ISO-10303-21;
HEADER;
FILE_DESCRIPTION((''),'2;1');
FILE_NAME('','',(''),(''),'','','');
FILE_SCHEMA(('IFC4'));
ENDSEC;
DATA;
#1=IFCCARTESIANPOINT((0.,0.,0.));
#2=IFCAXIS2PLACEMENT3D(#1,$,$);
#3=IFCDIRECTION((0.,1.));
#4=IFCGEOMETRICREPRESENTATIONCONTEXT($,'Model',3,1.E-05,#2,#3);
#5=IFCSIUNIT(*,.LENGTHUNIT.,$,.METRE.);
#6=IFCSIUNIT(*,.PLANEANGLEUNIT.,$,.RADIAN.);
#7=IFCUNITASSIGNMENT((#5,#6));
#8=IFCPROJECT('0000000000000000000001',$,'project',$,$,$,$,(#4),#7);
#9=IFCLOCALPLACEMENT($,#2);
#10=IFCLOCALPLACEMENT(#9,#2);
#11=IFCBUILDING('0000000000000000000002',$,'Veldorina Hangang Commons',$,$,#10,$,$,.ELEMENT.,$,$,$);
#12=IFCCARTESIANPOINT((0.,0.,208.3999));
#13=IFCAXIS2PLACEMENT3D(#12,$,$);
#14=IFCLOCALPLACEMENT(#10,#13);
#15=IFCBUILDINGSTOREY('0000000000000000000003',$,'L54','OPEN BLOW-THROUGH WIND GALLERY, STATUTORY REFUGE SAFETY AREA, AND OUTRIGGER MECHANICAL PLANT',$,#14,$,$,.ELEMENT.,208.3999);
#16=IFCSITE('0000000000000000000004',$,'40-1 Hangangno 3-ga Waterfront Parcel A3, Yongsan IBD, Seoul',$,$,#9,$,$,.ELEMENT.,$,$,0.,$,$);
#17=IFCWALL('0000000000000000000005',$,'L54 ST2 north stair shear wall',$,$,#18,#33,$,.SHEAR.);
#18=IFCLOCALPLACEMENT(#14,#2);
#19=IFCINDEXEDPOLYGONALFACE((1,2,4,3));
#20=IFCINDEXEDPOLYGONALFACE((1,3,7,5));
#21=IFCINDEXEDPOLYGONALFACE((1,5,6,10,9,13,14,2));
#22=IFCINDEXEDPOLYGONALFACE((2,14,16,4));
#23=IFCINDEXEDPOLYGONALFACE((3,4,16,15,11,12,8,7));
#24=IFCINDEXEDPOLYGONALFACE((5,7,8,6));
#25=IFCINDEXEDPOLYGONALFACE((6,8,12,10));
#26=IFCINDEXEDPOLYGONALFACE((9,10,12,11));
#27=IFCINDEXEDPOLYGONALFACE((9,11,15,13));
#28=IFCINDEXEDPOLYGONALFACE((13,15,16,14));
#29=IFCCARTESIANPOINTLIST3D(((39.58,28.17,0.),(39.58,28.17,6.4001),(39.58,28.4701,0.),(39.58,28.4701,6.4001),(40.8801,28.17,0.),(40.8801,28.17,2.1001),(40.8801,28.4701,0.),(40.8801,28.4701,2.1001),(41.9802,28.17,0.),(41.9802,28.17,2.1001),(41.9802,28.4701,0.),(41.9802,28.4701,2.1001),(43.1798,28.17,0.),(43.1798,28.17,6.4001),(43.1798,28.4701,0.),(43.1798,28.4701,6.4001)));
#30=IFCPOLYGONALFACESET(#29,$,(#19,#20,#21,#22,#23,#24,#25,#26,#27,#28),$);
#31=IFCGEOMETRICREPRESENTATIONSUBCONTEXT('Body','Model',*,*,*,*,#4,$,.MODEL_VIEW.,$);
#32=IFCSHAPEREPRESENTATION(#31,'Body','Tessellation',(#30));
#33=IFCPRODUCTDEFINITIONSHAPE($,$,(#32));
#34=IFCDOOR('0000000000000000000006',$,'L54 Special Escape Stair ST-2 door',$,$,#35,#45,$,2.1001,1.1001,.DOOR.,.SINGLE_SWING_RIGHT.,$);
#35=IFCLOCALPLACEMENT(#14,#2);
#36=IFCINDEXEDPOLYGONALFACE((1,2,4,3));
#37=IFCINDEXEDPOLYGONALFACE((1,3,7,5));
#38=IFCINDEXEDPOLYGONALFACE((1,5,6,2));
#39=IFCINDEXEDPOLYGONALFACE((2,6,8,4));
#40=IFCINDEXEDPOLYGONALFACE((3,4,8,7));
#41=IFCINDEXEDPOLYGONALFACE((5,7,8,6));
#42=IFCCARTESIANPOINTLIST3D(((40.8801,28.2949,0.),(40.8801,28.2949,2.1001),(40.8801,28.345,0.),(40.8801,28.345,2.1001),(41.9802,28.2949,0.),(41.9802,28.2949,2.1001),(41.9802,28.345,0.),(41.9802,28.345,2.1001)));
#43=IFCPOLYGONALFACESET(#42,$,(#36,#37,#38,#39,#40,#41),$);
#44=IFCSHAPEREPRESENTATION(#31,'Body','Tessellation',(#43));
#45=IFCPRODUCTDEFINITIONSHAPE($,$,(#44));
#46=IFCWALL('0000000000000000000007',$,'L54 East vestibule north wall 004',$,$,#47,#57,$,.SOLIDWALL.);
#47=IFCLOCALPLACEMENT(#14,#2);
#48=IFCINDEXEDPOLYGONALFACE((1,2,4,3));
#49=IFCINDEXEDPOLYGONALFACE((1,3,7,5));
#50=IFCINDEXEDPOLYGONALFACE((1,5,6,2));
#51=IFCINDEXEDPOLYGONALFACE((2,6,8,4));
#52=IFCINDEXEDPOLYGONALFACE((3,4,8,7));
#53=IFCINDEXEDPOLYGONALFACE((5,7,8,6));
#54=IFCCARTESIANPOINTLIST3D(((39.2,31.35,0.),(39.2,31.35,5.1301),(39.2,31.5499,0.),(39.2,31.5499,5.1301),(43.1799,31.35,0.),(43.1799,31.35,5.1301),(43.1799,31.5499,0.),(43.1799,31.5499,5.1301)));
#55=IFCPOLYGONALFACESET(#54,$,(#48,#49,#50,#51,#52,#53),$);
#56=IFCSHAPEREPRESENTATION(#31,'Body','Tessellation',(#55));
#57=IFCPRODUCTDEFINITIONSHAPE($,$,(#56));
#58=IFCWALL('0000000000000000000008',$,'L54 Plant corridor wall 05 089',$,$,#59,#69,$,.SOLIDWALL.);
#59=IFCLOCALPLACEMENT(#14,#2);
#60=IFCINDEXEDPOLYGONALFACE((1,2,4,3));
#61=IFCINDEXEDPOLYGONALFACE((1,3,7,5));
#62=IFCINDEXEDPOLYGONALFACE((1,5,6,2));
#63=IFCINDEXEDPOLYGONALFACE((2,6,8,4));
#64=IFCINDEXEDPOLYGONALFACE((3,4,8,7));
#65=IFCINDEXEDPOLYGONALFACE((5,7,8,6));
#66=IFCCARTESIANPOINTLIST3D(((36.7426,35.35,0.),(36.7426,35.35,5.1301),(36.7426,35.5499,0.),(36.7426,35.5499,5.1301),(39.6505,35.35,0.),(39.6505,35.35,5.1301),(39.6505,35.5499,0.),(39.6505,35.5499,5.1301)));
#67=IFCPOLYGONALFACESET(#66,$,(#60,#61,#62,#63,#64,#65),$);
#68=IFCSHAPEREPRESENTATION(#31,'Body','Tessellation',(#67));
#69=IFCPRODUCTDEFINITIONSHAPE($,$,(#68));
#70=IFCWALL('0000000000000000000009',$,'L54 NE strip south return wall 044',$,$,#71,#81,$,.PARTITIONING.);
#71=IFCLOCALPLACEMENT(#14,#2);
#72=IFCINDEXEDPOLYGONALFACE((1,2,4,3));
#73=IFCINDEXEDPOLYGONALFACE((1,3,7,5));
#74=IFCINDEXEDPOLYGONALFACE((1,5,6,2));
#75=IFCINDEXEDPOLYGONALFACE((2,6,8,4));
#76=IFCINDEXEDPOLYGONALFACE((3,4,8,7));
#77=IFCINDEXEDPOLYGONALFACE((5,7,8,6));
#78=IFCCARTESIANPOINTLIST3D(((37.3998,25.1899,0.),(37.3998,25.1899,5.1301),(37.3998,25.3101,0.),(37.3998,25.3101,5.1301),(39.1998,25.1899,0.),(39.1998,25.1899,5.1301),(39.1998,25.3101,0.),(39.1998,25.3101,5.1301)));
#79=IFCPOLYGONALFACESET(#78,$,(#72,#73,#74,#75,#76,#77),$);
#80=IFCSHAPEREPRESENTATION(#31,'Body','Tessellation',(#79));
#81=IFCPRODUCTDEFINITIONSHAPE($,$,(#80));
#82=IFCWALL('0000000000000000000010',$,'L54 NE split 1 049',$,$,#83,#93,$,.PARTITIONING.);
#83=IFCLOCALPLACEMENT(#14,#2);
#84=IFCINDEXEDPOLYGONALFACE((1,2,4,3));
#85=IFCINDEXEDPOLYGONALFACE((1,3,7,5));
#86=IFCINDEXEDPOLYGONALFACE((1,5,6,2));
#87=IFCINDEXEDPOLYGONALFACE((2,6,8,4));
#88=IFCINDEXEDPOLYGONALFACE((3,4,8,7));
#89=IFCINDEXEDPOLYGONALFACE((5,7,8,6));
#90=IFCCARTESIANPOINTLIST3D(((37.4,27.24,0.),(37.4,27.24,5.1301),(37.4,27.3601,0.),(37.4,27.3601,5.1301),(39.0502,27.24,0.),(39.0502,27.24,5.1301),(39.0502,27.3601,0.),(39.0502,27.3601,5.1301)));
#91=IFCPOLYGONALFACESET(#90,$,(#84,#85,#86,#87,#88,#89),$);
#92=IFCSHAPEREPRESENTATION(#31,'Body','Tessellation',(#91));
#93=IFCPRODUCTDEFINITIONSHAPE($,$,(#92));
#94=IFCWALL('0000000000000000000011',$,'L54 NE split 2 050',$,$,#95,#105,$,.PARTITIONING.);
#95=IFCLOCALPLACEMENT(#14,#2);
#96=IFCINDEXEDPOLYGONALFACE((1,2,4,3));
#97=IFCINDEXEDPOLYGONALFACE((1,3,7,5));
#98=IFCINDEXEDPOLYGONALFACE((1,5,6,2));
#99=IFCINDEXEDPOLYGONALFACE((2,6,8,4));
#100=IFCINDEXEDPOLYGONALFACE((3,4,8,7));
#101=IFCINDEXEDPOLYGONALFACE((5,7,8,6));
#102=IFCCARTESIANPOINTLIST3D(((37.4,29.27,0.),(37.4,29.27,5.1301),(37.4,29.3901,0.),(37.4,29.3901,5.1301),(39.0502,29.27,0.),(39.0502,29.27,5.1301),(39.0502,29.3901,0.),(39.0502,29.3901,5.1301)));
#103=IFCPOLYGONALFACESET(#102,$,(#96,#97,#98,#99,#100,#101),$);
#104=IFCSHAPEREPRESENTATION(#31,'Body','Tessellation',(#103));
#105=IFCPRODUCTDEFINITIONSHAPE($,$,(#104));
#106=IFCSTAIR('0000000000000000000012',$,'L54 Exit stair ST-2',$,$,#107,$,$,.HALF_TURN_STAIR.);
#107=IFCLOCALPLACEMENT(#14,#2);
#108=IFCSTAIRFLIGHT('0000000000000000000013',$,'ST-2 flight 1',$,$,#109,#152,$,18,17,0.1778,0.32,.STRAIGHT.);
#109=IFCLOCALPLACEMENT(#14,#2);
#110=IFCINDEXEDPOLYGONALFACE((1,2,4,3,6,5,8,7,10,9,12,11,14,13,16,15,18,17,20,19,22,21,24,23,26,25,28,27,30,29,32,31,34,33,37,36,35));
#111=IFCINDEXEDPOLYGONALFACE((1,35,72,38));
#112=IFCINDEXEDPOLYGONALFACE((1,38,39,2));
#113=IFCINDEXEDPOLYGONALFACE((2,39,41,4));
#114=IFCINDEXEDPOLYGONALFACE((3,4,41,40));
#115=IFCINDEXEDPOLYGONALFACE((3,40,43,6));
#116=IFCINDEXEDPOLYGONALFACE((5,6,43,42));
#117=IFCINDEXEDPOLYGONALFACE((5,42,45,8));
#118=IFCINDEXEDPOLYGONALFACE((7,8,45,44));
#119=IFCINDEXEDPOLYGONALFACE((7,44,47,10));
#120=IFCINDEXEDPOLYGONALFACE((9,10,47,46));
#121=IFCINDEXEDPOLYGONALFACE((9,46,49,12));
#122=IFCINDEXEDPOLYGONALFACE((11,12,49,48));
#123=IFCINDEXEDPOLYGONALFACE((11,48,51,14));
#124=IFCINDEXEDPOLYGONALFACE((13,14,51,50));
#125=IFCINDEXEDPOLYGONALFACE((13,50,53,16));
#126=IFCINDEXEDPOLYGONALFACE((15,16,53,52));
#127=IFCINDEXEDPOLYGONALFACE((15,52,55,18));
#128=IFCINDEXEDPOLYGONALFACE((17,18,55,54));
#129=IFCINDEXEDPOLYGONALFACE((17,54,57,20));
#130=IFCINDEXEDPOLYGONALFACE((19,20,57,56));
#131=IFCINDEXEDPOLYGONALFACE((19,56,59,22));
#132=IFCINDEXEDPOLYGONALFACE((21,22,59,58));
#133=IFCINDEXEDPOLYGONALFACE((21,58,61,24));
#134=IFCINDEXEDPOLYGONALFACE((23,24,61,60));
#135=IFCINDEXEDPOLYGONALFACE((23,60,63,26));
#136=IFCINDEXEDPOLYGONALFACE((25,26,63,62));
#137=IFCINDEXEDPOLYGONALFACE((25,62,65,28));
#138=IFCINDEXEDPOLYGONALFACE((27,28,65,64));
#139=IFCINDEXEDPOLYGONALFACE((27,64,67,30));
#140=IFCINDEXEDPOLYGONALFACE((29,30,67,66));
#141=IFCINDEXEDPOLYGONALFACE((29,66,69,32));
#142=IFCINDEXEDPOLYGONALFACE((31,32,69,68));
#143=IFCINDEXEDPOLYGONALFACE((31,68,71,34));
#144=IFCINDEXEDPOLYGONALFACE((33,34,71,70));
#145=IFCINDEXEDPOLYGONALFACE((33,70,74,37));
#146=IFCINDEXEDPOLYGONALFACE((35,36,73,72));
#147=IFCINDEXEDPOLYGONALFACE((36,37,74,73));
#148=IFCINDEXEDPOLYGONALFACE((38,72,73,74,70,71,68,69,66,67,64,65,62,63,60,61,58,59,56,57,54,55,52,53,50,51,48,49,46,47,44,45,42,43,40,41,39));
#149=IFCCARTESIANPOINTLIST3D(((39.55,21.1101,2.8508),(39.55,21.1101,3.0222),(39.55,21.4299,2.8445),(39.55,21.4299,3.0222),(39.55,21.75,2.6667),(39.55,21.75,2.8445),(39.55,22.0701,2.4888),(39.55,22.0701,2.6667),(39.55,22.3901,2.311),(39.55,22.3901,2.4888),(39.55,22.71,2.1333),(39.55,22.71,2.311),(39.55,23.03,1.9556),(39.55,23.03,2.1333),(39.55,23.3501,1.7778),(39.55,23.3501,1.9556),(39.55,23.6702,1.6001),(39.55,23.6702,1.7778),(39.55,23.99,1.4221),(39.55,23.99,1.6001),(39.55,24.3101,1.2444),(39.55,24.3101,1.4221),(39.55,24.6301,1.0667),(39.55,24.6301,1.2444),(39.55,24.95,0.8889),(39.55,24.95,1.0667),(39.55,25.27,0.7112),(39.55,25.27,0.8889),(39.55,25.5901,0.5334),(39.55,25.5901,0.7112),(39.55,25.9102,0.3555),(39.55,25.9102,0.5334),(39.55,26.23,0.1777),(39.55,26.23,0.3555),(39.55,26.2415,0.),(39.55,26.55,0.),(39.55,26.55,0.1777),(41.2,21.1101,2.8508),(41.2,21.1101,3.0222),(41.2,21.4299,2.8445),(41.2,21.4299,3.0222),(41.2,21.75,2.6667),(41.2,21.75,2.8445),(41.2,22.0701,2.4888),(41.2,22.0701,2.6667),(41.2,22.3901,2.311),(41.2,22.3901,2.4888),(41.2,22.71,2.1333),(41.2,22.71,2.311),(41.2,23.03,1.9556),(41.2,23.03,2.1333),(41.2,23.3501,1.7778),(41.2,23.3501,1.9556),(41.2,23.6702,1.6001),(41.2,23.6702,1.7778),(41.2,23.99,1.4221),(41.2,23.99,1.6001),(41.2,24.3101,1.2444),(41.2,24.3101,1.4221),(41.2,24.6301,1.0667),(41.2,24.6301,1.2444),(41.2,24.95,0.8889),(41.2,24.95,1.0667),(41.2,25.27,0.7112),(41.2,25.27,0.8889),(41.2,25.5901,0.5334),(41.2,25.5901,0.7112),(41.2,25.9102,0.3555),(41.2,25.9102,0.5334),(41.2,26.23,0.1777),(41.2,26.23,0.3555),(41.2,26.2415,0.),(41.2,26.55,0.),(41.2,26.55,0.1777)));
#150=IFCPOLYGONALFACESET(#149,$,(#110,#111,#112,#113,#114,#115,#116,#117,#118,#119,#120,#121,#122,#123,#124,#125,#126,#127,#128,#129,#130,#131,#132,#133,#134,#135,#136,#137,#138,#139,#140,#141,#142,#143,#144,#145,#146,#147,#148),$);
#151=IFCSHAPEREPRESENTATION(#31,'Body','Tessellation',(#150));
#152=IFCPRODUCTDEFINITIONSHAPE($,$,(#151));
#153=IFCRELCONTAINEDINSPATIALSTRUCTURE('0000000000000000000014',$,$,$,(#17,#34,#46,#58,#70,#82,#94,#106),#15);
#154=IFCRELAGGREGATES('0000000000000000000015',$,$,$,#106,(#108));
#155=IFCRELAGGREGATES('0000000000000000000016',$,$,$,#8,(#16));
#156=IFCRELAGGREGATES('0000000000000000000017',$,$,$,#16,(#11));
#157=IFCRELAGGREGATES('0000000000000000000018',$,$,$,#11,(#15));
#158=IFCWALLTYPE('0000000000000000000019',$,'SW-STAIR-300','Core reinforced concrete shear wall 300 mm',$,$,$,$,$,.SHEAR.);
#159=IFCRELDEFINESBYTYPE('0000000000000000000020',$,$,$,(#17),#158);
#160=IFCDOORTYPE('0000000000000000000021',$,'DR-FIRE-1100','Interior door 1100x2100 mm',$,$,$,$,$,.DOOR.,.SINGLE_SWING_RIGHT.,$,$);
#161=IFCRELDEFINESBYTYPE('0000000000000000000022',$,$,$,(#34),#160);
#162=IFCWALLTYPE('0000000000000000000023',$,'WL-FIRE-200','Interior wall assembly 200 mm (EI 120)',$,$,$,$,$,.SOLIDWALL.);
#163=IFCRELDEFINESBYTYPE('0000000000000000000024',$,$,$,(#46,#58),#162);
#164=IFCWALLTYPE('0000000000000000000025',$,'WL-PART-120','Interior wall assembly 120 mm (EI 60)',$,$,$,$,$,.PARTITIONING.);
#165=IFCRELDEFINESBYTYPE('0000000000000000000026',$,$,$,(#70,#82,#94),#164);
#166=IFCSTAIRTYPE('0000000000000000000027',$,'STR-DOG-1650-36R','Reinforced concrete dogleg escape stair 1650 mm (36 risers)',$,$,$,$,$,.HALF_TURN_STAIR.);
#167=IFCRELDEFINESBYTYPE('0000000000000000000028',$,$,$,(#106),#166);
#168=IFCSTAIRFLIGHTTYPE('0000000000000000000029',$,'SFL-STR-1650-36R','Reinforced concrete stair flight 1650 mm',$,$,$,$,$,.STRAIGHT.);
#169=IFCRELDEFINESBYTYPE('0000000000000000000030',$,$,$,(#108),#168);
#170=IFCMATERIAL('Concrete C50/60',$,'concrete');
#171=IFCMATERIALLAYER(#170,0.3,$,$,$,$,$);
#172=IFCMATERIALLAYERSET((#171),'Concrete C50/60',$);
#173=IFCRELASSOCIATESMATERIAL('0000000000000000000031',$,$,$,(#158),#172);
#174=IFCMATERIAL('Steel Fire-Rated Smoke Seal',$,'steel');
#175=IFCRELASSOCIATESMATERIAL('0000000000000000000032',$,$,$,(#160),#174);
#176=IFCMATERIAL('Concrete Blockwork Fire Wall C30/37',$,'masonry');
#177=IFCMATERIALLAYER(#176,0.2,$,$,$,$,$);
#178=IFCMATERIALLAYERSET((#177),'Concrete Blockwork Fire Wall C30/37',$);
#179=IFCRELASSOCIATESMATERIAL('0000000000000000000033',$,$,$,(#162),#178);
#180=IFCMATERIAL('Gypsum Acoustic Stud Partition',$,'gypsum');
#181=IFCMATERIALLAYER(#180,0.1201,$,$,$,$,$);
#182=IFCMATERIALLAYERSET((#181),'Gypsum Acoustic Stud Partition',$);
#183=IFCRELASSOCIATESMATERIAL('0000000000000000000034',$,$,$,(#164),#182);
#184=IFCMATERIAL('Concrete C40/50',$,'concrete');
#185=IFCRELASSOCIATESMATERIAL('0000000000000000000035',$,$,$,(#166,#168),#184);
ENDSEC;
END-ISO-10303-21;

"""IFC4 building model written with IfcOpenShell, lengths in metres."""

from ifc_helpers import new_model, si_unit, direction, frame, frame_2d, origin, place, context, subcontext, project, spatial, polyline, rectangle, outline, extrude, material, layer, layer_set, type_object, element, fill, aggregate, save


model = new_model("IFC4")

# Units and contexts
model_context = context("Model", 3, precision=1e-05, world=origin(), true_north=direction((0.0, 1.0)))
body_context = subcontext(model_context, "Body", "Model", "MODEL_VIEW")
ifc_project = project(units=[si_unit("LENGTHUNIT", "METRE"), si_unit("PLANEANGLEUNIT", "RADIAN")], contexts=[model_context])

# Site, building, storey
site_placement = place(None, origin())
site = spatial("IfcSite", under=ifc_project, at=site_placement, Name="40-1 Hangangno 3-ga Waterfront Parcel A3, Yongsan IBD, Seoul", CompositionType="ELEMENT", RefElevation=0.0)
building_placement = place(site_placement, origin())
building = spatial("IfcBuilding", under=site, at=building_placement, Name="Veldorina Hangang Commons", CompositionType="ELEMENT")
storey_placement = place(building_placement, frame((0.0, 0.0, 208.3999)))
storey = spatial("IfcBuildingStorey", under=building, at=storey_placement, Name="L54", Description="OPEN BLOW-THROUGH WIND GALLERY, STATUTORY REFUGE SAFETY AREA, AND OUTRIGGER MECHANICAL PLANT", CompositionType="ELEMENT", Elevation=208.3999)

# Wall, opening, door
ifc_material_1 = material(Name="Concrete C50/60", Category="concrete")
ifc_layer_1 = layer(ifc_material_1, 0.3)
ifc_layer_set_1 = layer_set([ifc_layer_1], Name="Concrete C50/60")
wall_type_1 = type_object("IfcWallType", Name="SW-STAIR-300", Description="Core reinforced concrete shear wall 300 mm", PredefinedType="SHEAR", material=ifc_layer_set_1)
wall_1_placement = place(storey_placement, frame((39.5801, 28.3201, 0.0), z_axis=(0.0, 0.0, 1.0), x_axis=(1.0, 0.0, 0.0)))
wall_1 = element("IfcWall", 1, at=wall_1_placement, inside=storey, type_object=wall_type_1, Name="L54 ST2 north stair shear wall", PredefinedType="SHEAR", context=body_context, shape_type="SweptSolid", body=[
    extrude(rectangle(XDim=3.5999, YDim=0.3, at=frame_2d((1.7998, 0.0))), origin(), (0.0, 0.0, 1.0), 6.4001),
])
opening_placement = place(wall_1_placement, frame((1.3, 0.0, 0.0)))
opening = element("IfcOpeningElement", 2, at=opening_placement, cuts=wall_1, PredefinedType="OPENING", context=body_context, shape_type="SweptSolid", body=[
    extrude(rectangle(XDim=1.1001, YDim=2.1001, at=frame_2d((0.55, 1.05))), frame((0.0, 0.1602, 0.0), z_axis=(0.0, -1.0, 0.0), x_axis=(1.0, 0.0, 0.0)), (0.0, 0.0, 1.0), 0.3201),
])
ifc_material_2 = material(Name="Steel Fire-Rated Smoke Seal", Category="steel")
door_type = type_object("IfcDoorType", Name="DR-FIRE-1100", Description="Interior door 1100x2100 mm", OperationType="SINGLE_SWING_RIGHT", PredefinedType="DOOR", material=ifc_material_2)
door_placement = place(opening_placement, origin())
door = element("IfcDoor", 3, at=door_placement, inside=storey, type_object=door_type, Name="L54 Special Escape Stair ST-2 door", OperationType="SINGLE_SWING_RIGHT", OverallHeight=2.1001, OverallWidth=1.1001, PredefinedType="DOOR", context=body_context, shape_type="SweptSolid", body=[
    extrude(rectangle(XDim=1.1001, YDim=2.1001, at=frame_2d((0.55, 1.05))), frame((0.0, 0.0249, 0.0), z_axis=(0.0, -1.0, 0.0), x_axis=(1.0, 0.0, 0.0)), (0.0, 0.0, 1.0), 0.05),
])
fill(opening, door)

# Walls
ifc_material_3 = material(Name="Concrete Blockwork Fire Wall C30/37", Category="masonry")
ifc_layer_2 = layer(ifc_material_3, 0.2)
ifc_layer_set_2 = layer_set([ifc_layer_2], Name="Concrete Blockwork Fire Wall C30/37")
wall_type_2 = type_object("IfcWallType", Name="WL-FIRE-200", Description="Interior wall assembly 200 mm (EI 120)", PredefinedType="SOLIDWALL", material=ifc_layer_set_2)
wall_2_placement = place(storey_placement, frame((39.2, 31.45, 0.0), z_axis=(0.0, 0.0, 1.0), x_axis=(1.0, 0.0, 0.0)))
element("IfcWall", 4, at=wall_2_placement, inside=storey, type_object=wall_type_2, Name="L54 East vestibule north wall 004", PredefinedType="SOLIDWALL", context=body_context, shape_type="SweptSolid", body=[
    extrude(rectangle(XDim=3.98, YDim=0.2, at=frame_2d((1.99, 0.0))), origin(), (0.0, 0.0, 1.0), 5.1301),
])
wall_3_placement = place(storey_placement, frame((39.6506, 35.45, 0.0), z_axis=(0.0, 0.0, 1.0), x_axis=(-1.0, 0.0, 0.0)))
element("IfcWall", 5, at=wall_3_placement, inside=storey, type_object=wall_type_2, Name="L54 Plant corridor wall 05 089", PredefinedType="SOLIDWALL", context=body_context, shape_type="SweptSolid", body=[
    extrude(rectangle(XDim=2.908, YDim=0.2, at=frame_2d((1.4541, 0.0))), origin(), (0.0, 0.0, 1.0), 5.1301),
])
ifc_material_4 = material(Name="Gypsum Acoustic Stud Partition", Category="gypsum")
ifc_layer_3 = layer(ifc_material_4, 0.1201)
ifc_layer_set_3 = layer_set([ifc_layer_3], Name="Gypsum Acoustic Stud Partition")
wall_type_3 = type_object("IfcWallType", Name="WL-PART-120", Description="Interior wall assembly 120 mm (EI 60)", PredefinedType="PARTITIONING", material=ifc_layer_set_3)
wall_4_placement = place(storey_placement, frame((37.3999, 25.25, 0.0), z_axis=(0.0, 0.0, 1.0), x_axis=(1.0, 0.0, 0.0)))
element("IfcWall", 6, at=wall_4_placement, inside=storey, type_object=wall_type_3, Name="L54 NE strip south return wall 044", PredefinedType="PARTITIONING", context=body_context, shape_type="SweptSolid", body=[
    extrude(rectangle(XDim=1.8, YDim=0.1201, at=frame_2d((0.8999, 0.0))), origin(), (0.0, 0.0, 1.0), 5.1301),
])
for number, where, z_axis, x_axis, name in (
    (7, (37.3999, 27.3, 0.0), (0.0, 0.0, 1.0), (1.0, 0.0, 0.0), "L54 NE split 1 049"),
    (8, (37.3999, 29.3301, 0.0), (0.0, 0.0, 1.0), (1.0, 0.0, 0.0), "L54 NE split 2 050"),
):
    element("IfcWall", number, at=place(storey_placement, frame(where, z_axis=z_axis, x_axis=x_axis)), inside=storey, type_object=wall_type_3, Name=name, PredefinedType="PARTITIONING", context=body_context, shape_type="SweptSolid", body=[
        extrude(rectangle(XDim=1.6501, YDim=0.1201, at=frame_2d((0.8252, 0.0))), origin(), (0.0, 0.0, 1.0), 5.1301),
    ])

# Stair, stair flight
ifc_material_5 = material(Name="Concrete C40/50", Category="concrete")
stair_type = type_object("IfcStairType", Name="STR-DOG-1650-36R", Description="Reinforced concrete dogleg escape stair 1650 mm (36 risers)", PredefinedType="HALF_TURN_STAIR", material=ifc_material_5)
stair_placement = place(storey_placement, origin())
stair = element("IfcStair", 9, at=stair_placement, inside=storey, type_object=stair_type, Name="L54 Exit stair ST-2", PredefinedType="HALF_TURN_STAIR")
stair_flight_type = type_object("IfcStairFlightType", Name="SFL-STR-1650-36R", Description="Reinforced concrete stair flight 1650 mm", PredefinedType="STRAIGHT", material=ifc_material_5)
stair_flight_placement = place(storey_placement, frame((40.375, 26.55, 0.0), z_axis=(0.0, 0.0, 1.0), x_axis=(0.0, -1.0, 0.0)))
stair_flight = element("IfcStairFlight", 10, at=stair_flight_placement, type_object=stair_flight_type, Name="ST-2 flight 1", NumberOfRisers=18, NumberOfTreads=17, PredefinedType="STRAIGHT", RiserHeight=0.1778, TreadLength=0.32, context=body_context, shape_type="SweptSolid", body=[
    extrude(outline(polyline([(0.0, 0.0), (0.0, 0.1777), (0.3201, 0.1777), (0.3201, 0.3555), (0.6399, 0.3555), (0.6399, 0.5334), (0.96, 0.5334), (0.96, 0.7112), (1.28, 0.7112), (1.28, 0.8889), (1.6001, 0.8889), (1.6001, 1.0667), (1.9199, 1.0667), (1.9199, 1.2444), (2.24, 1.2444), (2.24, 1.4221), (2.5601, 1.4221), (2.5601, 1.6001), (2.8799, 1.6001), (2.8799, 1.7778), (3.2, 1.7778), (3.2, 1.9556), (3.52, 1.9556), (3.52, 2.1333), (3.8401, 2.1333), (3.8401, 2.311), (4.1599, 2.311), (4.1599, 2.4888), (4.48, 2.4888), (4.48, 2.6667), (4.8, 2.6667), (4.8, 2.8445), (5.1201, 2.8445), (5.1201, 3.0222), (5.4399, 3.0222), (5.4399, 3.2), (5.4399, 2.8508), (0.3086, 0.0), (0.0, 0.0)])), frame((0.0, 0.825, 0.0), z_axis=(0.0, -1.0, 0.0), x_axis=(1.0, 0.0, 0.0)), (0.0, 0.0, 1.0), 1.6499),
])
aggregate(stair, [stair_flight])

save(model, "model.ifc")
